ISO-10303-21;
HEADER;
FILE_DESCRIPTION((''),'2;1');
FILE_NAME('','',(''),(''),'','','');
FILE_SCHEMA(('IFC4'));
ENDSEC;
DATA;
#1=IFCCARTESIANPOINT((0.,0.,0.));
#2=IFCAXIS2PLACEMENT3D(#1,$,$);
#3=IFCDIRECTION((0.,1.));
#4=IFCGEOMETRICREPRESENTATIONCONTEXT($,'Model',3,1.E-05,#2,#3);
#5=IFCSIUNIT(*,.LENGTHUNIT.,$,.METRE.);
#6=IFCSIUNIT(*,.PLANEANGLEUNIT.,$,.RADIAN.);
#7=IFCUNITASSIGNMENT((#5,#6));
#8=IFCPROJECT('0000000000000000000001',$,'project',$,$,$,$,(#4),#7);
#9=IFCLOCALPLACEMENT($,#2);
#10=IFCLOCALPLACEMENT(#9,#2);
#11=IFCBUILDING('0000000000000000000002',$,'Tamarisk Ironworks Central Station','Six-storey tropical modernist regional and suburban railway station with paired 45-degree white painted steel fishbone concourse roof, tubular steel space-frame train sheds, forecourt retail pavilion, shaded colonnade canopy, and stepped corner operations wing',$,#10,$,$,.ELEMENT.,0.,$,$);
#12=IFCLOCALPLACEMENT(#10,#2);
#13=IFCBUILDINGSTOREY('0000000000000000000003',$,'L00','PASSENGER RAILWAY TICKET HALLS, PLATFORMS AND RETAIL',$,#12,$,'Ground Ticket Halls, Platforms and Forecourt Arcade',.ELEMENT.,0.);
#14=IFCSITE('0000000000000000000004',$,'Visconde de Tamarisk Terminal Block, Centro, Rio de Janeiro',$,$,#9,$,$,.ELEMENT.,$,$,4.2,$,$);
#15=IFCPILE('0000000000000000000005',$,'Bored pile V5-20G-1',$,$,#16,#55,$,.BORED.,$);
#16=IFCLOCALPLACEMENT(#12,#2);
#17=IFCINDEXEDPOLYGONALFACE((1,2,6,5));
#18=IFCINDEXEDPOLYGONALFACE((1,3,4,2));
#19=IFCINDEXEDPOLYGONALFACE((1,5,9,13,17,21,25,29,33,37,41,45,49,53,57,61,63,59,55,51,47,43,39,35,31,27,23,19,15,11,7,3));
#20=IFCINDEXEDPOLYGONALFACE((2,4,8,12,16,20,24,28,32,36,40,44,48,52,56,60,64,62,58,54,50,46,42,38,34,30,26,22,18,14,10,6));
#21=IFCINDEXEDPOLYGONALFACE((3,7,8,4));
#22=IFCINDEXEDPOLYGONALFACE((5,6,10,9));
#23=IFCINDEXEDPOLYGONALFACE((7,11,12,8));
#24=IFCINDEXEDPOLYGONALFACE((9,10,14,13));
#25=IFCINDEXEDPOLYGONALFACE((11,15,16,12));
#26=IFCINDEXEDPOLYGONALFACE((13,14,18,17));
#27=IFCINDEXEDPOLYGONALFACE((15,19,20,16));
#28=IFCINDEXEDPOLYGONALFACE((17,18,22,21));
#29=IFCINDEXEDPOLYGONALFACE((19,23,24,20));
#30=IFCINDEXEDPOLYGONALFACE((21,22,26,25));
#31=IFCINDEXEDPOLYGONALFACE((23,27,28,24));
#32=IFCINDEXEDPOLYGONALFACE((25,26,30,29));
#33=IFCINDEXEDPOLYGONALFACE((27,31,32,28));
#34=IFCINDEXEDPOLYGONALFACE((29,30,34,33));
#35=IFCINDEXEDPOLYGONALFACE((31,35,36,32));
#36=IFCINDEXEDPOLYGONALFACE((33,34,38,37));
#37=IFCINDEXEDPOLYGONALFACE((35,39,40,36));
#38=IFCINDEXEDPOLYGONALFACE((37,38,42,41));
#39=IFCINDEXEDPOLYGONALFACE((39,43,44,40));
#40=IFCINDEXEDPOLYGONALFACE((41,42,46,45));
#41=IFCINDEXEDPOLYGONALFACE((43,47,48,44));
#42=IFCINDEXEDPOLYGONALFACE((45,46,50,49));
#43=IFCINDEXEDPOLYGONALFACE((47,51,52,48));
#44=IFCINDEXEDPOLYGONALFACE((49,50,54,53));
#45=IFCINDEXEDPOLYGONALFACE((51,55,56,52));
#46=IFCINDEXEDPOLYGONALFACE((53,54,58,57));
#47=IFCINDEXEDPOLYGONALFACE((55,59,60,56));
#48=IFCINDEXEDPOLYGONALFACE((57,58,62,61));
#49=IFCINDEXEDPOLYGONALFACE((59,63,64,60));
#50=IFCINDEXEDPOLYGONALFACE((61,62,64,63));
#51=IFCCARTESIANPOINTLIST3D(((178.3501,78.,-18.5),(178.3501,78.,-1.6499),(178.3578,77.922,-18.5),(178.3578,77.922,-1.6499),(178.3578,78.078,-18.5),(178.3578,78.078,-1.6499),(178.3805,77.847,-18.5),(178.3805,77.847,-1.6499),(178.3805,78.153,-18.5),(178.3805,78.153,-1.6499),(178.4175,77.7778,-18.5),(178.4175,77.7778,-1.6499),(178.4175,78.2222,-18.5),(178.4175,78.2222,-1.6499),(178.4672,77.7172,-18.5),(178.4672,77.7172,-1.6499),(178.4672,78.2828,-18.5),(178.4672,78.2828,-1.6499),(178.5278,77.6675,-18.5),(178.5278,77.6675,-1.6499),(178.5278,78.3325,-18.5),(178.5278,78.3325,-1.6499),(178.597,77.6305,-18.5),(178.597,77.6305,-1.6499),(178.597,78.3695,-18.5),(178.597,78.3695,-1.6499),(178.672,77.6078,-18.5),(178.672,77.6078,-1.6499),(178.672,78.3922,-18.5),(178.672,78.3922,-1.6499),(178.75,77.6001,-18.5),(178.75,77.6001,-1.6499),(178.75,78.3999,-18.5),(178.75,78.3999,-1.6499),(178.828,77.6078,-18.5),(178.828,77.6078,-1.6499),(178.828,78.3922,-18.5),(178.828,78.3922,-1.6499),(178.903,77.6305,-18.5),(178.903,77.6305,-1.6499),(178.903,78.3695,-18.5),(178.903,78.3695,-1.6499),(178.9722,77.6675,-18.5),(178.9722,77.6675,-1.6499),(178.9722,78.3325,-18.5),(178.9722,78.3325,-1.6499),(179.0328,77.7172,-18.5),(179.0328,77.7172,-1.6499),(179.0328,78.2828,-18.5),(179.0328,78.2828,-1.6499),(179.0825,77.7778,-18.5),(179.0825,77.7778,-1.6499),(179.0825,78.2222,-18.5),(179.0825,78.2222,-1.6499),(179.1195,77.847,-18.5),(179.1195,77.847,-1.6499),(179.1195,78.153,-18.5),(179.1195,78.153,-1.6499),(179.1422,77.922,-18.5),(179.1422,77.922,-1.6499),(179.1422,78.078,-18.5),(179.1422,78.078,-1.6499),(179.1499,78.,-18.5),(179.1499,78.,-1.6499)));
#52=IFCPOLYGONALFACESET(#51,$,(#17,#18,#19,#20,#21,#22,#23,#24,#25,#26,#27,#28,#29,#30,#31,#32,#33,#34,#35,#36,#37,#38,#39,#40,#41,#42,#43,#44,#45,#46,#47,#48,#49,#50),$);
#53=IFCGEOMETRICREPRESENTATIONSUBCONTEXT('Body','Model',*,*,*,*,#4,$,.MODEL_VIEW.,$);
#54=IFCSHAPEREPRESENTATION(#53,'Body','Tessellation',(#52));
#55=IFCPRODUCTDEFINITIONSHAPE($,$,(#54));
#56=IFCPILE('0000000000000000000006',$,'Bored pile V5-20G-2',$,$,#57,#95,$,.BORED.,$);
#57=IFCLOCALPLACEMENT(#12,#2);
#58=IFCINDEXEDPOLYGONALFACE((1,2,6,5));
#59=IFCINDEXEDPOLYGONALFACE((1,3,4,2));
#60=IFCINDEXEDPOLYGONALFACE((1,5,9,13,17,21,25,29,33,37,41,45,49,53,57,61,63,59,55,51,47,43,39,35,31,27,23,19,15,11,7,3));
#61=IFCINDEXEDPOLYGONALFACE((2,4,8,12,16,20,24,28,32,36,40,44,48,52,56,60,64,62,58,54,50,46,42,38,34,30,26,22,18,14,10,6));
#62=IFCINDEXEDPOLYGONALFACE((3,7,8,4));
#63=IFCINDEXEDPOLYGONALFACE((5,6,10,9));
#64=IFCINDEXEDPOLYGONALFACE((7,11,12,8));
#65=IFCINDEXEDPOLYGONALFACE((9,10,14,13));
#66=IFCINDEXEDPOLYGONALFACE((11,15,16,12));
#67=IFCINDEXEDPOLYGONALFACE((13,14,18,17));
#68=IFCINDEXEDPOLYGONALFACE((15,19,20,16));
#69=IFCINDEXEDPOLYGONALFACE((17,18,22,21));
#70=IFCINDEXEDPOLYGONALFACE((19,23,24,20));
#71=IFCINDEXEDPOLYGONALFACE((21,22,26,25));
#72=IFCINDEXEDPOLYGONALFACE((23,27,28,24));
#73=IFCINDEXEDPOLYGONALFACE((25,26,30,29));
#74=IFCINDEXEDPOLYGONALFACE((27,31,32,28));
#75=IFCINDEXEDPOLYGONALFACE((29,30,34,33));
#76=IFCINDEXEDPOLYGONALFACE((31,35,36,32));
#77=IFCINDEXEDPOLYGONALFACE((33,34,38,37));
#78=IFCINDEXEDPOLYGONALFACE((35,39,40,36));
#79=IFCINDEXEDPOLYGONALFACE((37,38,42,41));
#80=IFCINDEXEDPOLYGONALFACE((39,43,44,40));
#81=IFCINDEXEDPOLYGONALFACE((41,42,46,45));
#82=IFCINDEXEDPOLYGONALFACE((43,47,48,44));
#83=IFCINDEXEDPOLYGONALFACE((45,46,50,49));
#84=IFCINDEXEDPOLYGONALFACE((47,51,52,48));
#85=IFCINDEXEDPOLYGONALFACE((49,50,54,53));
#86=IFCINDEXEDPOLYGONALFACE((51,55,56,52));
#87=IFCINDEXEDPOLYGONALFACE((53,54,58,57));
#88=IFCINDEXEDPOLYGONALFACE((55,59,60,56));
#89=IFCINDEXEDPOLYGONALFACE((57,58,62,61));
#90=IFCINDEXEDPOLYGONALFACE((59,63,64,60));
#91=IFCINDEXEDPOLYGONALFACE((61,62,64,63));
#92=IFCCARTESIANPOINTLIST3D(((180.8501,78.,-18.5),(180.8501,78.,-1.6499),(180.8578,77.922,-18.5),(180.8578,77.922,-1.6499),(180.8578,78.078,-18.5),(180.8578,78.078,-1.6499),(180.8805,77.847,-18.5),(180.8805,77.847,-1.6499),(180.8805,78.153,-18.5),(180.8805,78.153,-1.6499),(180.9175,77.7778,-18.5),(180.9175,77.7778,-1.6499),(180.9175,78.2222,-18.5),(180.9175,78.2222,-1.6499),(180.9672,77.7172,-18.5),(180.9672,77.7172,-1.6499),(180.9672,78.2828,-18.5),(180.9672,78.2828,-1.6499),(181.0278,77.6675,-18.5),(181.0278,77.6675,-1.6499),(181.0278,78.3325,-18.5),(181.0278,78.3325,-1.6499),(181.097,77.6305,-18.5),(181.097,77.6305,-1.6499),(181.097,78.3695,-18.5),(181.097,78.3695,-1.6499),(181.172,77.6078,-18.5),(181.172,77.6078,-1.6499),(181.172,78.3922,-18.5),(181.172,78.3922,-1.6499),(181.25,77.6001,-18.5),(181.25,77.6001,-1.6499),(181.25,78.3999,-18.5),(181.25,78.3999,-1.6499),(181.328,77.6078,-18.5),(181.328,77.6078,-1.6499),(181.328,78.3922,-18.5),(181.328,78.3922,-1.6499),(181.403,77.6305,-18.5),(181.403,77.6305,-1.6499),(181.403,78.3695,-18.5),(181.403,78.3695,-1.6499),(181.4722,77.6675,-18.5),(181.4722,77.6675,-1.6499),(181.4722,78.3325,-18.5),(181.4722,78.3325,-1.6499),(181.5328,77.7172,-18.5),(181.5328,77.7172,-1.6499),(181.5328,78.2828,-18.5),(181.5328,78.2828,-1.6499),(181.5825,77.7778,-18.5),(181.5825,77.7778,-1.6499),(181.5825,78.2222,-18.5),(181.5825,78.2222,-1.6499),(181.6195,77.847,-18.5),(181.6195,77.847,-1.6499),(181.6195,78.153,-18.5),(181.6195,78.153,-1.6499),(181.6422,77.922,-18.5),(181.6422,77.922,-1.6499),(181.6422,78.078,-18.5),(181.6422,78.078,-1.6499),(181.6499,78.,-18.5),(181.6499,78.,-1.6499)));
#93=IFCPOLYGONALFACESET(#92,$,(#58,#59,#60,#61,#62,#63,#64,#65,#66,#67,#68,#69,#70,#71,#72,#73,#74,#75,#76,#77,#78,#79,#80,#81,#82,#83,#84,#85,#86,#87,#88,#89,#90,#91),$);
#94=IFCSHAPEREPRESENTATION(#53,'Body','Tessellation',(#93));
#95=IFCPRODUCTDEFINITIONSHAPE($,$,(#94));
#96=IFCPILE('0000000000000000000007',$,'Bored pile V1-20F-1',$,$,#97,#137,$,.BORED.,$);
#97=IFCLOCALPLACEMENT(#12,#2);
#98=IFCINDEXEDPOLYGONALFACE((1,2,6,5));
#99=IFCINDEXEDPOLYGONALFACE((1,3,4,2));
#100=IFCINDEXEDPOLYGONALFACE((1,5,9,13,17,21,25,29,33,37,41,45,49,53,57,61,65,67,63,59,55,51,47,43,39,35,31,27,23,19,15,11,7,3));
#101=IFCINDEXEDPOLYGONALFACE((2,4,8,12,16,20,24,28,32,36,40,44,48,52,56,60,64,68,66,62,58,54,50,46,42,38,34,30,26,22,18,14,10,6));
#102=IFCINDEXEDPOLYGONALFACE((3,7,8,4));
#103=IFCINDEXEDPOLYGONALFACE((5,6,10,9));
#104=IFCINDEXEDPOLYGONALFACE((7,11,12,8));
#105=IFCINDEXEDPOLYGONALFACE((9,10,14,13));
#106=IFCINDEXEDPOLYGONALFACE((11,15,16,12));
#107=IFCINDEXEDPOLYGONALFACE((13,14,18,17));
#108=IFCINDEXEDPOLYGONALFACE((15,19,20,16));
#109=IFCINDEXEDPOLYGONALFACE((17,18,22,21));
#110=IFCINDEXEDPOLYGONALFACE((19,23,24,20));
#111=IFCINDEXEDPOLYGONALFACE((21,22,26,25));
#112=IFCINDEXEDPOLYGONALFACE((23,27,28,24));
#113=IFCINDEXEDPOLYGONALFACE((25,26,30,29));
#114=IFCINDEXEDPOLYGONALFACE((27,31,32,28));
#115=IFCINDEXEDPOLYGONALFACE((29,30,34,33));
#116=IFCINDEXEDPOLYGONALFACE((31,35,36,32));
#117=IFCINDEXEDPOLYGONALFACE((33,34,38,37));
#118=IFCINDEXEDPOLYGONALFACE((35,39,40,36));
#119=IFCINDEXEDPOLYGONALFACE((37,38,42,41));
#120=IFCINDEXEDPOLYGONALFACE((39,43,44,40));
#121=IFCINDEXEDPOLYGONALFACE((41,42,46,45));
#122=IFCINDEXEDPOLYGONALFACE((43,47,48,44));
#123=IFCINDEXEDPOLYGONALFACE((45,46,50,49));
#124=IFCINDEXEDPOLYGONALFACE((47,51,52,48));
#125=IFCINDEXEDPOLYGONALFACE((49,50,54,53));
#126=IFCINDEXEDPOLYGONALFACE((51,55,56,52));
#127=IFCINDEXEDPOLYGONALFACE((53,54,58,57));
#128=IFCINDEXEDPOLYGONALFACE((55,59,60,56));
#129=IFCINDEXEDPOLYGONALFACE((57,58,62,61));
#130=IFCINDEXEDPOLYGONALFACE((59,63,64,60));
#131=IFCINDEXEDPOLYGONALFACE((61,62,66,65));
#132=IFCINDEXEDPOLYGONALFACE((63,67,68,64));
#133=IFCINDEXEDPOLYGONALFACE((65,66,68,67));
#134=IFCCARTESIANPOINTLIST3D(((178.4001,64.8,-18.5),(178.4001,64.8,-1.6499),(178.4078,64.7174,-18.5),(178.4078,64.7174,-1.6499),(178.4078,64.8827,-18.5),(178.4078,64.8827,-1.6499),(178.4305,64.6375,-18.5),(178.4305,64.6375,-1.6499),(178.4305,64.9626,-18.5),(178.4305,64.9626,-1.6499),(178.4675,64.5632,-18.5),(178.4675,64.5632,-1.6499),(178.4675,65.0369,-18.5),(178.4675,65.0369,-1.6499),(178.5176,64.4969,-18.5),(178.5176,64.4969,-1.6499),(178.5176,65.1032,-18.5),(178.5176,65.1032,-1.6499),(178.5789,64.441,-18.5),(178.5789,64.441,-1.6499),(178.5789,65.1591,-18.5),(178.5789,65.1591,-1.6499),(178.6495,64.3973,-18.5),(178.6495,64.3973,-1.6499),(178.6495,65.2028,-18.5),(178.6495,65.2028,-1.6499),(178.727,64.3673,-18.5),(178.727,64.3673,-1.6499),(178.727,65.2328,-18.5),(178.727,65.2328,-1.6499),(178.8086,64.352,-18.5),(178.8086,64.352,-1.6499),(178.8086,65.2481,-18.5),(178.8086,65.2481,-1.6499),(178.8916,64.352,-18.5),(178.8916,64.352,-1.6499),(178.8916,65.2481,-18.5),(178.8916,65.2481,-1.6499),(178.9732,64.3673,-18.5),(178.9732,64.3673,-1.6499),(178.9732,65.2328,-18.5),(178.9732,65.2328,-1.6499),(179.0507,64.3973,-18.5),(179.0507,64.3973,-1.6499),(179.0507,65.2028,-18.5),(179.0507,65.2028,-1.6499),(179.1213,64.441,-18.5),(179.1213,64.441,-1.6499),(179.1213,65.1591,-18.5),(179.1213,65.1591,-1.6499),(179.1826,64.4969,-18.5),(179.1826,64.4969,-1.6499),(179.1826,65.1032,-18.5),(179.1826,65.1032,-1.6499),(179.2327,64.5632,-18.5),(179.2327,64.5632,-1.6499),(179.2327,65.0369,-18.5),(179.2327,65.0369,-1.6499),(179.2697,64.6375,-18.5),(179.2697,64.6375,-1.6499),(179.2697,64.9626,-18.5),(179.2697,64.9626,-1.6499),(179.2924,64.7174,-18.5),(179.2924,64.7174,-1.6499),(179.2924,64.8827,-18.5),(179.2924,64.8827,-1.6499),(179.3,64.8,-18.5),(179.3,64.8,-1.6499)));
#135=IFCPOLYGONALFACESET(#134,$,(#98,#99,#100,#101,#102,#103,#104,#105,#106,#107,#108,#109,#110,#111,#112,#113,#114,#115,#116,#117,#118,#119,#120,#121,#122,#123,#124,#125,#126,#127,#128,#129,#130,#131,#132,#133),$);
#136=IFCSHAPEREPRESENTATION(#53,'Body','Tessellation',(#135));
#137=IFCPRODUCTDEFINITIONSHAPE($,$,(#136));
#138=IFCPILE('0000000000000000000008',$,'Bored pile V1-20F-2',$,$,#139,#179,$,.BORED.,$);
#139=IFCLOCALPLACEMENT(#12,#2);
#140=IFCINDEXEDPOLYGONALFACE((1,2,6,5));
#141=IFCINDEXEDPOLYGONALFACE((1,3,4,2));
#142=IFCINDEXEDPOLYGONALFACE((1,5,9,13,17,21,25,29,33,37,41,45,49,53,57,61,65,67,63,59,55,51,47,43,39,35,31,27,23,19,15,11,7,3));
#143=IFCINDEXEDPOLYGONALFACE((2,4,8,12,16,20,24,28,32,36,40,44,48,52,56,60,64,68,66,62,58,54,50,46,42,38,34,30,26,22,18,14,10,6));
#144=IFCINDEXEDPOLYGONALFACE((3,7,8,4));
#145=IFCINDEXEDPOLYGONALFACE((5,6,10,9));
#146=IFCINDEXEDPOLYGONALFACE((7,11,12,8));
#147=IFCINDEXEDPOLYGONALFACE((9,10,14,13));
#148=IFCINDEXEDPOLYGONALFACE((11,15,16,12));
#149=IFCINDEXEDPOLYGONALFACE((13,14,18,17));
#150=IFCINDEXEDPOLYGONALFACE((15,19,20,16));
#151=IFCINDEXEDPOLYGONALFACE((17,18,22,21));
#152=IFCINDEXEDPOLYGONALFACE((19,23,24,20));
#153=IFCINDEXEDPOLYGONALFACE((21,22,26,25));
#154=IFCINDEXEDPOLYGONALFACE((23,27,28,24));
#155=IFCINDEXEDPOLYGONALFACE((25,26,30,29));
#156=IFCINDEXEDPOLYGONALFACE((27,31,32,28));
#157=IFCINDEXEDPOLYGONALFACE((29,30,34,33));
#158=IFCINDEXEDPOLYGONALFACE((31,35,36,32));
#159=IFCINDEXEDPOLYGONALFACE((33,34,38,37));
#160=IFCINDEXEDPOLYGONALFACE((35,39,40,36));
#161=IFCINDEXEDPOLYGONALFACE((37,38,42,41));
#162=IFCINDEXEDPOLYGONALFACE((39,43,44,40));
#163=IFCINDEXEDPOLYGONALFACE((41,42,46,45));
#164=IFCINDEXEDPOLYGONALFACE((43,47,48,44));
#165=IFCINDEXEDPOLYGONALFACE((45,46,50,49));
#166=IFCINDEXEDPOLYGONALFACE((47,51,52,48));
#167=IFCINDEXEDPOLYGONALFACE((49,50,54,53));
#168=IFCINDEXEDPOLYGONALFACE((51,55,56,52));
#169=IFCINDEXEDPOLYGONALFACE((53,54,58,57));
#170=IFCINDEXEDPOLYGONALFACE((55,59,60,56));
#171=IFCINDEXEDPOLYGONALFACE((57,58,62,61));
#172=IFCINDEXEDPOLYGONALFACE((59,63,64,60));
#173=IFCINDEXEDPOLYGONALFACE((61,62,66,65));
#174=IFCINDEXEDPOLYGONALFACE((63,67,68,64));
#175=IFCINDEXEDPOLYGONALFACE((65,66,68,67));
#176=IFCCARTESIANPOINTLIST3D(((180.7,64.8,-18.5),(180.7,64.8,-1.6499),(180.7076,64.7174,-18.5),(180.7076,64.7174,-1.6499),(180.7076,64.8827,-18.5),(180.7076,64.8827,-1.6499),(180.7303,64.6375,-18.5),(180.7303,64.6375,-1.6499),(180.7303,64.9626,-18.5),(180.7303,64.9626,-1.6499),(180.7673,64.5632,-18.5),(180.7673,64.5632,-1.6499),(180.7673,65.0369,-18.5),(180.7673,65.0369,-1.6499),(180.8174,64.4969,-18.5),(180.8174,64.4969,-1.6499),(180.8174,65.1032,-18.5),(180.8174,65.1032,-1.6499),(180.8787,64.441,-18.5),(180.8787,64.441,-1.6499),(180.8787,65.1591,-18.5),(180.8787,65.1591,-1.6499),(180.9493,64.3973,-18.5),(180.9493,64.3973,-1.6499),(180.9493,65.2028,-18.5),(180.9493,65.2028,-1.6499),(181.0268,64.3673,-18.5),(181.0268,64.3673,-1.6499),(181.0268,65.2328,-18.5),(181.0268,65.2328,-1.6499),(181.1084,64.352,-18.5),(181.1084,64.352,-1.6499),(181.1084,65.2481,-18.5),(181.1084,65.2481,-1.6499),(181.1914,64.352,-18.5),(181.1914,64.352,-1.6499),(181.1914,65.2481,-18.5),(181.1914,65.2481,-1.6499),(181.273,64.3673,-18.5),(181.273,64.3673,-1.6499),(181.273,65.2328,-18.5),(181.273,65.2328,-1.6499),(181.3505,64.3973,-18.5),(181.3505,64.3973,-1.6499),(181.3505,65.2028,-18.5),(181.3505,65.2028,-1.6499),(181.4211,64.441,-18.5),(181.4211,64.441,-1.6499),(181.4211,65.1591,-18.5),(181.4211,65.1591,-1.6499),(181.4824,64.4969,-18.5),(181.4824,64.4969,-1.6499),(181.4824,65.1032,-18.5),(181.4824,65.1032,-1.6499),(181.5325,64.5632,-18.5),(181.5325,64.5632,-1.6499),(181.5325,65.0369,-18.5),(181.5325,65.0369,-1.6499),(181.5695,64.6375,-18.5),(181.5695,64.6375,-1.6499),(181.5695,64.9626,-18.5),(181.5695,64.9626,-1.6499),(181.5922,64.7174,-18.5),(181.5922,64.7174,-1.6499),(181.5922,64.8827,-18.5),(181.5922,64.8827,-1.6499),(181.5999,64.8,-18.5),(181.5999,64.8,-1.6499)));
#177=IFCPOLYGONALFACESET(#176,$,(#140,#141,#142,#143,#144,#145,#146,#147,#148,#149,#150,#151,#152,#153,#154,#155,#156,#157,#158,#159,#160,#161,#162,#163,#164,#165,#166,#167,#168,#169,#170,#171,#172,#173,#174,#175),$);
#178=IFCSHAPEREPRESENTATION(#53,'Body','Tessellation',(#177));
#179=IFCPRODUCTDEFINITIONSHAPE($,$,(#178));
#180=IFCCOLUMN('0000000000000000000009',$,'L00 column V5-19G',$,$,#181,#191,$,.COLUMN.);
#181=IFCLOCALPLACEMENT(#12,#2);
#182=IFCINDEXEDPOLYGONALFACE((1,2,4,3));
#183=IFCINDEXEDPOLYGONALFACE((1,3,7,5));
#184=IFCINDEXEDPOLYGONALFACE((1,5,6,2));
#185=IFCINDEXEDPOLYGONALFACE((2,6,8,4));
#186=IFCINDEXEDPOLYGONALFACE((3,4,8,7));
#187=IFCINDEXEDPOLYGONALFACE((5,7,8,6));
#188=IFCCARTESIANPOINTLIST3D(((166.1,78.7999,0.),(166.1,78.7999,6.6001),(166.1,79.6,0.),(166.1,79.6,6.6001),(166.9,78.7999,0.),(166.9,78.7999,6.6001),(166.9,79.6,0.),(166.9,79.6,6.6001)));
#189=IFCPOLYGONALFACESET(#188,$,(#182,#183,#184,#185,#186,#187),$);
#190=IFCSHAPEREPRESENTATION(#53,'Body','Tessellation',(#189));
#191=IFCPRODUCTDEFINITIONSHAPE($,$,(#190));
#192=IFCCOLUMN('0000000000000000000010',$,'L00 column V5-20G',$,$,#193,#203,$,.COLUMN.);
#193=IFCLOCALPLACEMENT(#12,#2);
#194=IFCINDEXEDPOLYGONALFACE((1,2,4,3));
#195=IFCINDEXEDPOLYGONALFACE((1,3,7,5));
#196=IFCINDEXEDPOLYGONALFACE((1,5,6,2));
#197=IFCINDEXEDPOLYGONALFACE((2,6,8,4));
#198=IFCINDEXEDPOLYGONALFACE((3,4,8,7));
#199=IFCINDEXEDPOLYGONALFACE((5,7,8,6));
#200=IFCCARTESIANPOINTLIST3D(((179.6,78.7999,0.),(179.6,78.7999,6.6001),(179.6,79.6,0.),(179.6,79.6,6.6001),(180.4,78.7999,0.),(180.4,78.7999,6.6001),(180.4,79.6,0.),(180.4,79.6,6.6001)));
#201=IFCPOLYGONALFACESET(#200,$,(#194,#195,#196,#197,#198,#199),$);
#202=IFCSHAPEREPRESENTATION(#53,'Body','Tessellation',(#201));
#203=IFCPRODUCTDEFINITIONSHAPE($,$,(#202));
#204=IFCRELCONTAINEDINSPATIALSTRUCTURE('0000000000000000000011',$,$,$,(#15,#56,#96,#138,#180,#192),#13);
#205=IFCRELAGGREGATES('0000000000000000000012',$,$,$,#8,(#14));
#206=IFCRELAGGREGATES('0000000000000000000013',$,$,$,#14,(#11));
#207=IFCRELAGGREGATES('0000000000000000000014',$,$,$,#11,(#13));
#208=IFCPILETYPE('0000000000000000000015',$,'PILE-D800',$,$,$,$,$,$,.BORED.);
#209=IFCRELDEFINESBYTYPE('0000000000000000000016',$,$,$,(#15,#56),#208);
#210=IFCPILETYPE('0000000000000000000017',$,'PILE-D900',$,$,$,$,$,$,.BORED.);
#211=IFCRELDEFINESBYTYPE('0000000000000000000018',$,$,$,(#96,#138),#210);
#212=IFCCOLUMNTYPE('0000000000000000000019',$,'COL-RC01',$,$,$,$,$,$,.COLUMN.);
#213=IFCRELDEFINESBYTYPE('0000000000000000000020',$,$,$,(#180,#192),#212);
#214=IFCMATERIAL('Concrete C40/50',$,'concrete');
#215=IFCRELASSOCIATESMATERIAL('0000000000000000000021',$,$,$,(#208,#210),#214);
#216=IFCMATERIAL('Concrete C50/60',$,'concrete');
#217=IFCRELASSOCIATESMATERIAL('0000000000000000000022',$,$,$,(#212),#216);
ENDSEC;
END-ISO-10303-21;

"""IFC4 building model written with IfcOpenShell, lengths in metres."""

from ifc_helpers import new_model, si_unit, direction, frame, origin, origin_2d, place, context, subcontext, project, spatial, rectangle, circle, extrude, material, material_profile, profile_set, type_object, element, save


model = new_model("IFC4")

# Units and contexts
model_context = context("Model", 3, precision=1e-05, world=origin(), true_north=direction((0.0, 1.0)))
body_context = subcontext(model_context, "Body", "Model", "MODEL_VIEW")
ifc_project = project(units=[si_unit("LENGTHUNIT", "METRE"), si_unit("PLANEANGLEUNIT", "RADIAN")], contexts=[model_context])

# Site, building, storey
site_placement = place(None, origin())
site = spatial("IfcSite", under=ifc_project, at=site_placement, Name="Visconde de Tamarisk Terminal Block, Centro, Rio de Janeiro", CompositionType="ELEMENT", RefElevation=4.2)
building_placement = place(site_placement, origin())
building = spatial("IfcBuilding", under=site, at=building_placement, Name="Tamarisk Ironworks Central Station", Description="Six-storey tropical modernist regional and suburban railway station with paired 45-degree white painted steel fishbone concourse roof, tubular steel space-frame train sheds, forecourt retail pavilion, shaded colonnade canopy, and stepped corner operations wing", CompositionType="ELEMENT", ElevationOfRefHeight=0.0)
storey_placement = place(building_placement, origin())
storey = spatial("IfcBuildingStorey", under=building, at=storey_placement, Name="L00", Description="PASSENGER RAILWAY TICKET HALLS, PLATFORMS AND RETAIL", LongName="Ground Ticket Halls, Platforms and Forecourt Arcade", CompositionType="ELEMENT", Elevation=0.0)

# Shared definitions
ifc_material_1 = material(Name="Concrete C40/50", Category="concrete")

# Piles
ifc_material_profile_1 = material_profile(ifc_material_1, circle(Radius=0.3999, at=origin_2d()), Name="BORED PILE D800")
ifc_profile_set_1 = profile_set([ifc_material_profile_1], Name="Concrete C40/50")
pile_type_1 = type_object("IfcPileType", Name="PILE-D800", PredefinedType="BORED", material=ifc_profile_set_1)
for number, where, z_axis, x_axis, name in (
    (1, (178.75, 78.0, -1.6499), (0.0, 0.0, -1.0), (1.0, 0.0, 0.0), "Bored pile V5-20G-1"),
    (2, (181.25, 78.0, -1.6499), (0.0, 0.0, -1.0), (1.0, 0.0, 0.0), "Bored pile V5-20G-2"),
):
    element("IfcPile", number, at=place(storey_placement, frame(where, z_axis=z_axis, x_axis=x_axis)), inside=storey, type_object=pile_type_1, Name=name, PredefinedType="BORED", context=body_context, shape_type="SweptSolid", body=[
        extrude(circle(Radius=0.3999, at=origin_2d()), origin(), (0.0, 0.0, 1.0), 16.8501),
    ])
ifc_material_profile_2 = material_profile(ifc_material_1, circle(Radius=0.45, at=origin_2d()), Name="BORED PILE D900")
ifc_profile_set_2 = profile_set([ifc_material_profile_2], Name="Concrete C40/50")
pile_type_2 = type_object("IfcPileType", Name="PILE-D900", PredefinedType="BORED", material=ifc_profile_set_2)
for number, where, z_axis, x_axis, name in (
    (3, (178.8501, 64.8, -1.6499), (0.0, 0.0, -1.0), (1.0, 0.0, 0.0), "Bored pile V1-20F-1"),
    (4, (181.1499, 64.8, -1.6499), (0.0, 0.0, -1.0), (1.0, 0.0, 0.0), "Bored pile V1-20F-2"),
):
    element("IfcPile", number, at=place(storey_placement, frame(where, z_axis=z_axis, x_axis=x_axis)), inside=storey, type_object=pile_type_2, Name=name, PredefinedType="BORED", context=body_context, shape_type="SweptSolid", body=[
        extrude(circle(Radius=0.45, at=origin_2d()), origin(), (0.0, 0.0, 1.0), 16.8501),
    ])

# Columns
ifc_material_2 = material(Name="Concrete C50/60", Category="concrete")
ifc_material_profile_3 = material_profile(ifc_material_2, rectangle(XDim=0.8, YDim=0.8, at=origin_2d()), Name="RC 800x800")
ifc_profile_set_3 = profile_set([ifc_material_profile_3], Name="Concrete C50/60")
column_type_1 = type_object("IfcColumnType", Name="COL-RC01", PredefinedType="COLUMN", material=ifc_profile_set_3)
for number, where, z_axis, x_axis, name in (
    (5, (166.5, 79.2, 0.0), (0.0, 0.0, 1.0), (1.0, 0.0, 0.0), "L00 column V5-19G"),
    (6, (180.0, 79.2, 0.0), (0.0, 0.0, 1.0), (1.0, 0.0, 0.0), "L00 column V5-20G"),
):
    element("IfcColumn", number, at=place(storey_placement, frame(where, z_axis=z_axis, x_axis=x_axis)), inside=storey, type_object=column_type_1, Name=name, PredefinedType="COLUMN", context=body_context, shape_type="SweptSolid", body=[
        extrude(rectangle(XDim=0.8, YDim=0.8, at=origin_2d()), origin(), (0.0, 0.0, 1.0), 6.6001),
    ])

save(model, "model.ifc")
